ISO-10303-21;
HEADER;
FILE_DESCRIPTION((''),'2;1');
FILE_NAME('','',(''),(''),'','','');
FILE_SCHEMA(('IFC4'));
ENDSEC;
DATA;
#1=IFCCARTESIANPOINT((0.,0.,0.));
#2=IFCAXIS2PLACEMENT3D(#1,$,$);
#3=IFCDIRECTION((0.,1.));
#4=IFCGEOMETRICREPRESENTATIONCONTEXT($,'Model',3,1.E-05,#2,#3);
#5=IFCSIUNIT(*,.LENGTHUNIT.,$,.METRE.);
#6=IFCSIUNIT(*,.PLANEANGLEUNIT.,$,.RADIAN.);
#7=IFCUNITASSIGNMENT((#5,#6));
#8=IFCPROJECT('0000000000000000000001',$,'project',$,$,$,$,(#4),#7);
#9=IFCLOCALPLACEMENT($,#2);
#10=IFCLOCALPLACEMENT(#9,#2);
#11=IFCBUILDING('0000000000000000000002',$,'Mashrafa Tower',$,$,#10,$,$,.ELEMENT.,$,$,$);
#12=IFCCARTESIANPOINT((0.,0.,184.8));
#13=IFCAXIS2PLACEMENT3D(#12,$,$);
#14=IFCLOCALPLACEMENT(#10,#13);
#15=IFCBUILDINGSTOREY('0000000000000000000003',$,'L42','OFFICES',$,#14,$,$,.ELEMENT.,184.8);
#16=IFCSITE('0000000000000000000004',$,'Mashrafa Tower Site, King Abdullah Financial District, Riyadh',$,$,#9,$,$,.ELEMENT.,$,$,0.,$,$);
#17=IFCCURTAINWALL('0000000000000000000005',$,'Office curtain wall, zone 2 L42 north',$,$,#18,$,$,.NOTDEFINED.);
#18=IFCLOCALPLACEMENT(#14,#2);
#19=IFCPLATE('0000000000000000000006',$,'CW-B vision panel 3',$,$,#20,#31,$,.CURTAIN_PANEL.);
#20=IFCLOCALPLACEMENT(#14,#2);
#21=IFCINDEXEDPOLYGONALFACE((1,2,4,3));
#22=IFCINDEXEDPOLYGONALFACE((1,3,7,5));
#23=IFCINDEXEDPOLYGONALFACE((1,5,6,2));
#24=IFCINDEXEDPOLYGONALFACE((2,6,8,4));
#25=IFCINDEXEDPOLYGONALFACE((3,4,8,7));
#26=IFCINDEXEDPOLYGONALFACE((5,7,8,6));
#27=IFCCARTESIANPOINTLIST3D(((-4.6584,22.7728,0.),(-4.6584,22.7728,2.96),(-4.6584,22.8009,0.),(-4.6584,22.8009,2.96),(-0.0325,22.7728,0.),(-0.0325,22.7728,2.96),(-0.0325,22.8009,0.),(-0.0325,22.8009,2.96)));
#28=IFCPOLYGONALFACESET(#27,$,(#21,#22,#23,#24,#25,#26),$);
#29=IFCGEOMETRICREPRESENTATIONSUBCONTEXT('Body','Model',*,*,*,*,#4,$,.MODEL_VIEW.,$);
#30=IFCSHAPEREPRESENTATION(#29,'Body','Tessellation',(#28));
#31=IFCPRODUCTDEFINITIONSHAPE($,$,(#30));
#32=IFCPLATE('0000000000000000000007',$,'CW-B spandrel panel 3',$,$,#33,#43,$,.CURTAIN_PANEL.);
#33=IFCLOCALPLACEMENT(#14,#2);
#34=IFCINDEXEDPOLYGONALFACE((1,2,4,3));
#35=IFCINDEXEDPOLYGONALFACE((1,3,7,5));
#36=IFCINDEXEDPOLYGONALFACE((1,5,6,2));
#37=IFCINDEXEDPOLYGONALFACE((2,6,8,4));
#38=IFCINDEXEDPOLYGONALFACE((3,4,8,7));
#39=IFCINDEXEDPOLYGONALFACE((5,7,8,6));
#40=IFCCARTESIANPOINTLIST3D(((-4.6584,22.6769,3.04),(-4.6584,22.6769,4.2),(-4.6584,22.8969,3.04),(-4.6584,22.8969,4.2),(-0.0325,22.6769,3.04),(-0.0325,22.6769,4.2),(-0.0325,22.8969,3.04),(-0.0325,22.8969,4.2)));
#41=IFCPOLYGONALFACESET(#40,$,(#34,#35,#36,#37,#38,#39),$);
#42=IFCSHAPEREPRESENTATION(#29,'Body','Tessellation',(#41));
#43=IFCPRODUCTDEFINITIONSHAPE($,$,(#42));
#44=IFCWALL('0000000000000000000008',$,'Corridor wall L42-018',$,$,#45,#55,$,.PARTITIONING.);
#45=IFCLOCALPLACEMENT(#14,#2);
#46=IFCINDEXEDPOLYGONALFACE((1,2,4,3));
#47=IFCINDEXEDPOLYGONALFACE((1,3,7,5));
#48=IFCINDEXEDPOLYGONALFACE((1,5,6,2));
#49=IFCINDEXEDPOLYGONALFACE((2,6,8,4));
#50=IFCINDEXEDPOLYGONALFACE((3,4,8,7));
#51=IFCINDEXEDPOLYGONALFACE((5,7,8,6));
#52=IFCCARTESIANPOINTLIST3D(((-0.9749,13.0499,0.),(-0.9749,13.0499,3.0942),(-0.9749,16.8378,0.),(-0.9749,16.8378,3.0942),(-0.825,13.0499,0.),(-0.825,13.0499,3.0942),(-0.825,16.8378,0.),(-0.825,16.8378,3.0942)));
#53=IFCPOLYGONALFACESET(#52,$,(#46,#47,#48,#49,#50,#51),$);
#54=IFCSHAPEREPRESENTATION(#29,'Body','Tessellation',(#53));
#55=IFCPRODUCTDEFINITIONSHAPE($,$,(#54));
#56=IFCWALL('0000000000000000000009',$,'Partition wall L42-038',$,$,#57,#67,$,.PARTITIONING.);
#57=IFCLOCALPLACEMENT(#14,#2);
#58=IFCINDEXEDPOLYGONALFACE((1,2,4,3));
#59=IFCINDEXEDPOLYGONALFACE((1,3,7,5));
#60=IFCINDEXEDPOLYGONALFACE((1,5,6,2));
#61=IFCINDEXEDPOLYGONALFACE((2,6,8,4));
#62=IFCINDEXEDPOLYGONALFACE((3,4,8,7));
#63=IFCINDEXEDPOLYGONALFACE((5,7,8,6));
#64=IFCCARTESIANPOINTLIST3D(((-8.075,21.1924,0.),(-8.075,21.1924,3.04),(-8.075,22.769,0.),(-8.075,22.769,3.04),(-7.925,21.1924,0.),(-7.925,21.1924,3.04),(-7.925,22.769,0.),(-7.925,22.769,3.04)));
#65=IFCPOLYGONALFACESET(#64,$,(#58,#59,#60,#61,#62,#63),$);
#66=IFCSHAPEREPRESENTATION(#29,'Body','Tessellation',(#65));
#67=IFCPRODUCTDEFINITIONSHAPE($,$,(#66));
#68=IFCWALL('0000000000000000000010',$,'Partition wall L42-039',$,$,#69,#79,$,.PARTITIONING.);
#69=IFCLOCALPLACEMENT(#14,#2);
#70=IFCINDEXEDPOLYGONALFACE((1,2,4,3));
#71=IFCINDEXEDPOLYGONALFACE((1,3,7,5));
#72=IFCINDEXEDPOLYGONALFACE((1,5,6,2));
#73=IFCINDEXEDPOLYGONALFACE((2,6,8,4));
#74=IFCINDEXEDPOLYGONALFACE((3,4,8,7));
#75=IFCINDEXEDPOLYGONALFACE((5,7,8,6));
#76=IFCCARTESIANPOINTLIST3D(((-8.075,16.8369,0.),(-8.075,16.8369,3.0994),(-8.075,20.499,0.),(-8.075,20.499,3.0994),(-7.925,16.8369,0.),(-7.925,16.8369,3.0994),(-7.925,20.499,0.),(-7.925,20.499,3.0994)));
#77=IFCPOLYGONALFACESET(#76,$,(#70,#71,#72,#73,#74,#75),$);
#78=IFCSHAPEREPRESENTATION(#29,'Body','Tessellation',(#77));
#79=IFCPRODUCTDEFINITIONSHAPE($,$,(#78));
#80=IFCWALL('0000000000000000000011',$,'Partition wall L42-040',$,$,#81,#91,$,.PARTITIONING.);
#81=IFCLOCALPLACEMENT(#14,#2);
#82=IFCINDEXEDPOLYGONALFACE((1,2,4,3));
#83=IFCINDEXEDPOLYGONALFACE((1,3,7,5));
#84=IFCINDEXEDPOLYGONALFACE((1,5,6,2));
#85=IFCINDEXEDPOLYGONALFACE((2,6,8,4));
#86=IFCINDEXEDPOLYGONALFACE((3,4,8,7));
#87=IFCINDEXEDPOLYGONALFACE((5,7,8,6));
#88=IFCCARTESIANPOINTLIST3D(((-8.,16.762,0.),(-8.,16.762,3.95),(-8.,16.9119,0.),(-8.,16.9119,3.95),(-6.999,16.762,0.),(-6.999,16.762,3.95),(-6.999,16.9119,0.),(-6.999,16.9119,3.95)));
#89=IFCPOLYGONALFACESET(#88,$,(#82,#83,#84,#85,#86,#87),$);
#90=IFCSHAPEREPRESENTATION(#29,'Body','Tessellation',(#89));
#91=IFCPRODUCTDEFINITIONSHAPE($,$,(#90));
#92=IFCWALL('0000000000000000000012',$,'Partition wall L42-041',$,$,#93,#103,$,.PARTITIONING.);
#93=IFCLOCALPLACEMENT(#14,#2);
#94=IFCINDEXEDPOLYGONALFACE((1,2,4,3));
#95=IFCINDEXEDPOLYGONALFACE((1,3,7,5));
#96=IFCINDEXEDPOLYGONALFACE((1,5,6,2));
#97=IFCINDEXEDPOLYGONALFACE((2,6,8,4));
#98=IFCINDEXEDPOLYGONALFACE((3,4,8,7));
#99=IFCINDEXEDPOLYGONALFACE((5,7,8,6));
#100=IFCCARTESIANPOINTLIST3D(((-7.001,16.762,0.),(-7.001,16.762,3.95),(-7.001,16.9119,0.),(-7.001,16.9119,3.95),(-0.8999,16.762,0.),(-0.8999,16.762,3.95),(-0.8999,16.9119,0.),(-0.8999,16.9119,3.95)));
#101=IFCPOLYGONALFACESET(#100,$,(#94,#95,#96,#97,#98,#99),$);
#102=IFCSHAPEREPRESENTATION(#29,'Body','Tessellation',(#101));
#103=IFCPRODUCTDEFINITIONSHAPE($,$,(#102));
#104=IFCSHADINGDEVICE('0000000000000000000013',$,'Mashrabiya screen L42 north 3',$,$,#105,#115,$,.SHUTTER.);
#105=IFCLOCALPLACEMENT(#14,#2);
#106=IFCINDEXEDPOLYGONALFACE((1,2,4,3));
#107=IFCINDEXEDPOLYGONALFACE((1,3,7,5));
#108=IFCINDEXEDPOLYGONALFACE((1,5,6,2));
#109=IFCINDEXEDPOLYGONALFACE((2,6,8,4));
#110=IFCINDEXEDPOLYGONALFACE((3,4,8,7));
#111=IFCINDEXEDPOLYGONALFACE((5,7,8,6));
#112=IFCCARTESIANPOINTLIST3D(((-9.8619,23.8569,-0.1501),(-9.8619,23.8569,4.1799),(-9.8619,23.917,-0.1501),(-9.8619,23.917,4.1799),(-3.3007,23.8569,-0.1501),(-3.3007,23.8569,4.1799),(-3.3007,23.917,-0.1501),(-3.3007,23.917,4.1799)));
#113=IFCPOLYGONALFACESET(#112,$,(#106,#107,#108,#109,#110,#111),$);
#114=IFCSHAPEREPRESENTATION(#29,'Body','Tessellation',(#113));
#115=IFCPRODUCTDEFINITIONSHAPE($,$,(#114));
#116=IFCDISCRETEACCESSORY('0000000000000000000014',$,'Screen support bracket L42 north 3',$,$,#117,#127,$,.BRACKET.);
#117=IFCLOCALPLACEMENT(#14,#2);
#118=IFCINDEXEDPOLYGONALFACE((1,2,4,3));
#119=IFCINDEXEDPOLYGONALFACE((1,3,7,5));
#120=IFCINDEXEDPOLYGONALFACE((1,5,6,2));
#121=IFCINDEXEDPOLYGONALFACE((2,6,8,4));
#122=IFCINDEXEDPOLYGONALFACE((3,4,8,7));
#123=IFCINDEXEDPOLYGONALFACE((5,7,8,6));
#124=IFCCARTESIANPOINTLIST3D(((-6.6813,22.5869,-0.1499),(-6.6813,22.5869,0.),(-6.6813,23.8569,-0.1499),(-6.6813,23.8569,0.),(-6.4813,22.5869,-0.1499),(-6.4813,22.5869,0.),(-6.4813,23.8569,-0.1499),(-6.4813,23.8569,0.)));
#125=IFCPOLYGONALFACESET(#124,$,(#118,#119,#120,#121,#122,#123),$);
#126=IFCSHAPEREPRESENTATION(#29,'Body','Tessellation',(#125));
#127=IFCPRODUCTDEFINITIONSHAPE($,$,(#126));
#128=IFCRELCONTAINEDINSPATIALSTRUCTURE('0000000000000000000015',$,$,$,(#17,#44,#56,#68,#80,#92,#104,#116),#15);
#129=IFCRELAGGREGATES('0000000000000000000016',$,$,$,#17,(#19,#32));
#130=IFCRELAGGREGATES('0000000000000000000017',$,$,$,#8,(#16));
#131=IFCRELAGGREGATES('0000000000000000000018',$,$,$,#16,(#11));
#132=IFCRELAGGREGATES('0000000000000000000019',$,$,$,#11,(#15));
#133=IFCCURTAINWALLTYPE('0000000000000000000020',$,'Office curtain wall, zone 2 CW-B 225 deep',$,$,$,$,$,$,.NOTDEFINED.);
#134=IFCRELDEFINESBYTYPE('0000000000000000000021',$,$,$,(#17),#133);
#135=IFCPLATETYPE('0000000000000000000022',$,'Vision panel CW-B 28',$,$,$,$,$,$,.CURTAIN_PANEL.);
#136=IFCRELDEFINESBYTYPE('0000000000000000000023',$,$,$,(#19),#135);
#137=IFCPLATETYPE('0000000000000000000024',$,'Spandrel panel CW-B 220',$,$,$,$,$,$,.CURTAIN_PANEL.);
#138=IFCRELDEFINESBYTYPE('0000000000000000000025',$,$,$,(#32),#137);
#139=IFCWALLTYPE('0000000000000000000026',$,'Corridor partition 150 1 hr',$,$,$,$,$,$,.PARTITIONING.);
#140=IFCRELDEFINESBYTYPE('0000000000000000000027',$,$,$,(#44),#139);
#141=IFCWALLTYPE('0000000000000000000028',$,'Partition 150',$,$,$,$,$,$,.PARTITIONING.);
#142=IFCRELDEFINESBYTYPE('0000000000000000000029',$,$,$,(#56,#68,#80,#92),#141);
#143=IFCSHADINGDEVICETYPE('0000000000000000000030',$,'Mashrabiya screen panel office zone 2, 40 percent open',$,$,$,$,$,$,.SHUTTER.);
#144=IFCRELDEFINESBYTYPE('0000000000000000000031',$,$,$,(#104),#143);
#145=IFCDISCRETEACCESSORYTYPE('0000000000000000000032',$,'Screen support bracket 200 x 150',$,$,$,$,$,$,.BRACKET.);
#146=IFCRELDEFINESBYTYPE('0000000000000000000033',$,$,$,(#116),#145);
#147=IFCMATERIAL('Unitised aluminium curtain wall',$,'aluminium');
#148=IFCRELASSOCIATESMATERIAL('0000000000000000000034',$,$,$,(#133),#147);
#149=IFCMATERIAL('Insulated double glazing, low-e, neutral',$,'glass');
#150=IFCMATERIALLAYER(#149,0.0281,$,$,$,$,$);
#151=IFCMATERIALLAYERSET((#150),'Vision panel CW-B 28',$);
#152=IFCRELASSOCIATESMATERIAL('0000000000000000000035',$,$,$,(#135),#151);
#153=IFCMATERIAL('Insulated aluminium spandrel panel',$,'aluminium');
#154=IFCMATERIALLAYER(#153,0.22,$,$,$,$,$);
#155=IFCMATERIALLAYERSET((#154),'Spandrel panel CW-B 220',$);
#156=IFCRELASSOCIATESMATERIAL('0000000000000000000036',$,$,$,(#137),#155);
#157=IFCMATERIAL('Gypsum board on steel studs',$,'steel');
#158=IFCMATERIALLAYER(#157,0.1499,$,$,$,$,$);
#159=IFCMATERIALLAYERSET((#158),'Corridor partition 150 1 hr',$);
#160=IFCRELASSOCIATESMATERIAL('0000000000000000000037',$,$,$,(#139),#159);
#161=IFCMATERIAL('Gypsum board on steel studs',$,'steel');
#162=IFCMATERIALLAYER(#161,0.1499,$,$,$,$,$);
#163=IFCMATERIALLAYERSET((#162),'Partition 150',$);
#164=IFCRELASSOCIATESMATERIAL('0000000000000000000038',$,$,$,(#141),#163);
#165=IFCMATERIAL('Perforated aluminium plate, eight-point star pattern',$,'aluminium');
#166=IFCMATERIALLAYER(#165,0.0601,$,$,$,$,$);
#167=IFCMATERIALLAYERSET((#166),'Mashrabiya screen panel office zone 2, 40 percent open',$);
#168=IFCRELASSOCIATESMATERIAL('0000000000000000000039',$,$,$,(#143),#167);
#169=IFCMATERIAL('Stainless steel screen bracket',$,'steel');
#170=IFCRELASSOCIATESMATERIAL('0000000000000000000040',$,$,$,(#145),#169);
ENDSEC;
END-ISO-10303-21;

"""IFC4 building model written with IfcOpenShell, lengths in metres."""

from ifc_helpers import new_model, si_unit, direction, frame, frame_2d, origin, origin_2d, place, context, subcontext, project, spatial, rectangle, extrude, source, transform, mapped, material, layer, layer_set, type_object, type_shapes, element, aggregate, save


model = new_model("IFC4")

# Units and contexts
model_context = context("Model", 3, precision=1e-05, world=origin(), true_north=direction((0.0, 1.0)))
body_context = subcontext(model_context, "Body", "Model", "MODEL_VIEW")
ifc_project = project(units=[si_unit("LENGTHUNIT", "METRE"), si_unit("PLANEANGLEUNIT", "RADIAN")], contexts=[model_context])

# Site, building, storey
site_placement = place(None, origin())
site = spatial("IfcSite", under=ifc_project, at=site_placement, Name="Mashrafa Tower Site, King Abdullah Financial District, Riyadh", CompositionType="ELEMENT", RefElevation=0.0)
building_placement = place(site_placement, origin())
building = spatial("IfcBuilding", under=site, at=building_placement, Name="Mashrafa Tower", CompositionType="ELEMENT")
storey_placement = place(building_placement, frame((0.0, 0.0, 184.8)))
storey = spatial("IfcBuildingStorey", under=building, at=storey_placement, Name="L42", Description="OFFICES", CompositionType="ELEMENT", Elevation=184.8)

# Curtain wall
ifc_material_1 = material(Name="Unitised aluminium curtain wall", Category="aluminium")
curtain_wall_type = type_object("IfcCurtainWallType", Name="Office curtain wall, zone 2 CW-B 225 deep", PredefinedType="NOTDEFINED", material=ifc_material_1)
curtain_wall_1_placement = place(storey_placement, origin())
curtain_wall_1 = element("IfcCurtainWall", 1, at=curtain_wall_1_placement, inside=storey, type_object=curtain_wall_type, Name="Office curtain wall, zone 2 L42 north", PredefinedType="NOTDEFINED")

# Plates
ifc_material_2 = material(Name="Insulated double glazing, low-e, neutral", Category="glass")
ifc_layer_1 = layer(ifc_material_2, 0.0281)
ifc_layer_set_1 = layer_set([ifc_layer_1], Name="Vision panel CW-B 28")
plate_type_1 = type_object("IfcPlateType", Name="Vision panel CW-B 28", PredefinedType="CURTAIN_PANEL", material=ifc_layer_set_1)
ifc_material_3 = material(Name="Insulated aluminium spandrel panel", Category="aluminium")
ifc_layer_2 = layer(ifc_material_3, 0.22)
ifc_layer_set_2 = layer_set([ifc_layer_2], Name="Spandrel panel CW-B 220")
plate_type_2 = type_object("IfcPlateType", Name="Spandrel panel CW-B 220", PredefinedType="CURTAIN_PANEL", material=ifc_layer_set_2)
shared_shape_1 = source(origin(), body_context, "Body", "SweptSolid", [
    extrude(rectangle(XDim=4.626, YDim=0.0281, at=origin_2d()), origin(), (0.0, 0.0, 1.0), 2.96),
])
plate_1_placement = place(storey_placement, frame((-2.3455, 22.7869, 0.0), z_axis=(0.0, 0.0, 1.0), x_axis=(-1.0, 0.0, 0.0)))
plate_1 = element("IfcPlate", 2, at=plate_1_placement, type_object=plate_type_1, Name="CW-B vision panel 3", PredefinedType="CURTAIN_PANEL", context=body_context, shape_type="MappedRepresentation", body=[
    mapped(shared_shape_1, transform((0.0, 0.0, 0.0))),
])
shared_shape_2 = source(origin(), body_context, "Body", "SweptSolid", [
    extrude(rectangle(XDim=4.626, YDim=0.22, at=origin_2d()), origin(), (0.0, 0.0, 1.0), 1.1599),
])
plate_2_placement = place(storey_placement, frame((-2.3455, 22.7869, 3.04), z_axis=(0.0, 0.0, 1.0), x_axis=(-1.0, 0.0, 0.0)))
plate_2 = element("IfcPlate", 3, at=plate_2_placement, type_object=plate_type_2, Name="CW-B spandrel panel 3", PredefinedType="CURTAIN_PANEL", context=body_context, shape_type="MappedRepresentation", body=[
    mapped(shared_shape_2, transform((0.0, 0.0, 0.0))),
])
aggregate(curtain_wall_1, [plate_1, plate_2])

# Shared definitions
ifc_material_4 = material(Name="Gypsum board on steel studs", Category="steel")
ifc_layer_3 = layer(ifc_material_4, 0.1499)
ifc_layer_set_3 = layer_set([ifc_layer_3], Name="Corridor partition 150 1 hr")
wall_type_1 = type_object("IfcWallType", Name="Corridor partition 150 1 hr", PredefinedType="PARTITIONING", material=ifc_layer_set_3)

# Wall
wall_1_placement = place(storey_placement, frame((-0.8999, 16.8379, 0.0), z_axis=(0.0, 0.0, 1.0), x_axis=(0.0, -1.0, 0.0)))
element("IfcWall", 4, at=wall_1_placement, inside=storey, type_object=wall_type_1, Name="Corridor wall L42-018", PredefinedType="PARTITIONING", context=body_context, shape_type="SweptSolid", body=[
    extrude(rectangle(XDim=3.7878, YDim=0.1499, at=frame_2d((1.894, 0.0))), origin(), (0.0, 0.0, 1.0), 3.0942),
])

# Walls
ifc_material_5 = material(Name="Gypsum board on steel studs", Category="steel")
ifc_layer_4 = layer(ifc_material_5, 0.1499)
ifc_layer_set_4 = layer_set([ifc_layer_4], Name="Partition 150")
wall_type_2 = type_object("IfcWallType", Name="Partition 150", PredefinedType="PARTITIONING", material=ifc_layer_set_4)
wall_2_placement = place(storey_placement, frame((-8.0, 22.769, 0.0), z_axis=(0.0, 0.0, 1.0), x_axis=(0.0, -1.0, 0.0)))
element("IfcWall", 5, at=wall_2_placement, inside=storey, type_object=wall_type_2, Name="Partition wall L42-038", PredefinedType="PARTITIONING", context=body_context, shape_type="SweptSolid", body=[
    extrude(rectangle(XDim=1.5767, YDim=0.1499, at=frame_2d((0.7883, 0.0))), origin(), (0.0, 0.0, 1.0), 3.04),
])
wall_3_placement = place(storey_placement, frame((-8.0, 20.499, 0.0), z_axis=(0.0, 0.0, 1.0), x_axis=(0.0, -1.0, 0.0)))
element("IfcWall", 6, at=wall_3_placement, inside=storey, type_object=wall_type_2, Name="Partition wall L42-039", PredefinedType="PARTITIONING", context=body_context, shape_type="SweptSolid", body=[
    extrude(rectangle(XDim=3.6621, YDim=0.1499, at=frame_2d((1.8311, 0.0))), origin(), (0.0, 0.0, 1.0), 3.0994),
])
wall_4_placement = place(storey_placement, frame((-8.0, 16.8369, 0.0), z_axis=(0.0, 0.0, 1.0), x_axis=(1.0, 0.0, 0.0)))
element("IfcWall", 7, at=wall_4_placement, inside=storey, type_object=wall_type_2, Name="Partition wall L42-040", PredefinedType="PARTITIONING", context=body_context, shape_type="SweptSolid", body=[
    extrude(rectangle(XDim=1.001, YDim=0.1499, at=frame_2d((0.5005, 0.0))), origin(), (0.0, 0.0, 1.0), 3.95),
])
wall_5_placement = place(storey_placement, frame((-7.001, 16.8369, 0.0), z_axis=(0.0, 0.0, 1.0), x_axis=(1.0, 0.0, 0.0)))
element("IfcWall", 8, at=wall_5_placement, inside=storey, type_object=wall_type_2, Name="Partition wall L42-041", PredefinedType="PARTITIONING", context=body_context, shape_type="SweptSolid", body=[
    extrude(rectangle(XDim=6.1011, YDim=0.1499, at=frame_2d((3.0505, 0.0))), origin(), (0.0, 0.0, 1.0), 3.95),
])

# Shading device
ifc_material_6 = material(Name="Perforated aluminium plate, eight-point star pattern", Category="aluminium")
ifc_layer_5 = layer(ifc_material_6, 0.0601)
ifc_layer_set_5 = layer_set([ifc_layer_5], Name="Mashrabiya screen panel office zone 2, 40 percent open")
shading_device_type = type_object("IfcShadingDeviceType", Name="Mashrabiya screen panel office zone 2, 40 percent open", PredefinedType="SHUTTER", material=ifc_layer_set_5)
shared_shape_3 = source(origin(), body_context, "Body", "SweptSolid", [
    extrude(rectangle(XDim=6.5613, YDim=0.0601, at=origin_2d()), origin(), (0.0, 0.0, 1.0), 4.3301),
])
type_shapes(shading_device_type, [shared_shape_3])
shading_device_placement = place(storey_placement, frame((-6.5813, 23.887, -0.1501), z_axis=(0.0, 0.0, 1.0), x_axis=(-1.0, 0.0, 0.0)))
element("IfcShadingDevice", 9, at=shading_device_placement, inside=storey, type_object=shading_device_type, Name="Mashrabiya screen L42 north 3", PredefinedType="SHUTTER", context=body_context, shape_type="MappedRepresentation", body=[
    mapped(shared_shape_3, transform((0.0, 0.0, 0.0))),
])

# Discrete accessory
ifc_material_7 = material(Name="Stainless steel screen bracket", Category="steel")
discrete_accessory_type = type_object("IfcDiscreteAccessoryType", Name="Screen support bracket 200 x 150", PredefinedType="BRACKET", material=ifc_material_7)
shared_shape_4 = source(origin(), body_context, "Body", "SweptSolid", [
    extrude(rectangle(XDim=0.2, YDim=1.27, at=origin_2d()), origin(), (0.0, 0.0, 1.0), 0.1499),
])
type_shapes(discrete_accessory_type, [shared_shape_4])
discrete_accessory_placement = place(storey_placement, frame((-6.5813, 23.2219, -0.1499), z_axis=(0.0, 0.0, 1.0), x_axis=(-1.0, 0.0, 0.0)))
element("IfcDiscreteAccessory", 10, at=discrete_accessory_placement, inside=storey, type_object=discrete_accessory_type, Name="Screen support bracket L42 north 3", PredefinedType="BRACKET", context=body_context, shape_type="MappedRepresentation", body=[
    mapped(shared_shape_4, transform((0.0, 0.0, 0.0))),
])

save(model, "model.ifc")
